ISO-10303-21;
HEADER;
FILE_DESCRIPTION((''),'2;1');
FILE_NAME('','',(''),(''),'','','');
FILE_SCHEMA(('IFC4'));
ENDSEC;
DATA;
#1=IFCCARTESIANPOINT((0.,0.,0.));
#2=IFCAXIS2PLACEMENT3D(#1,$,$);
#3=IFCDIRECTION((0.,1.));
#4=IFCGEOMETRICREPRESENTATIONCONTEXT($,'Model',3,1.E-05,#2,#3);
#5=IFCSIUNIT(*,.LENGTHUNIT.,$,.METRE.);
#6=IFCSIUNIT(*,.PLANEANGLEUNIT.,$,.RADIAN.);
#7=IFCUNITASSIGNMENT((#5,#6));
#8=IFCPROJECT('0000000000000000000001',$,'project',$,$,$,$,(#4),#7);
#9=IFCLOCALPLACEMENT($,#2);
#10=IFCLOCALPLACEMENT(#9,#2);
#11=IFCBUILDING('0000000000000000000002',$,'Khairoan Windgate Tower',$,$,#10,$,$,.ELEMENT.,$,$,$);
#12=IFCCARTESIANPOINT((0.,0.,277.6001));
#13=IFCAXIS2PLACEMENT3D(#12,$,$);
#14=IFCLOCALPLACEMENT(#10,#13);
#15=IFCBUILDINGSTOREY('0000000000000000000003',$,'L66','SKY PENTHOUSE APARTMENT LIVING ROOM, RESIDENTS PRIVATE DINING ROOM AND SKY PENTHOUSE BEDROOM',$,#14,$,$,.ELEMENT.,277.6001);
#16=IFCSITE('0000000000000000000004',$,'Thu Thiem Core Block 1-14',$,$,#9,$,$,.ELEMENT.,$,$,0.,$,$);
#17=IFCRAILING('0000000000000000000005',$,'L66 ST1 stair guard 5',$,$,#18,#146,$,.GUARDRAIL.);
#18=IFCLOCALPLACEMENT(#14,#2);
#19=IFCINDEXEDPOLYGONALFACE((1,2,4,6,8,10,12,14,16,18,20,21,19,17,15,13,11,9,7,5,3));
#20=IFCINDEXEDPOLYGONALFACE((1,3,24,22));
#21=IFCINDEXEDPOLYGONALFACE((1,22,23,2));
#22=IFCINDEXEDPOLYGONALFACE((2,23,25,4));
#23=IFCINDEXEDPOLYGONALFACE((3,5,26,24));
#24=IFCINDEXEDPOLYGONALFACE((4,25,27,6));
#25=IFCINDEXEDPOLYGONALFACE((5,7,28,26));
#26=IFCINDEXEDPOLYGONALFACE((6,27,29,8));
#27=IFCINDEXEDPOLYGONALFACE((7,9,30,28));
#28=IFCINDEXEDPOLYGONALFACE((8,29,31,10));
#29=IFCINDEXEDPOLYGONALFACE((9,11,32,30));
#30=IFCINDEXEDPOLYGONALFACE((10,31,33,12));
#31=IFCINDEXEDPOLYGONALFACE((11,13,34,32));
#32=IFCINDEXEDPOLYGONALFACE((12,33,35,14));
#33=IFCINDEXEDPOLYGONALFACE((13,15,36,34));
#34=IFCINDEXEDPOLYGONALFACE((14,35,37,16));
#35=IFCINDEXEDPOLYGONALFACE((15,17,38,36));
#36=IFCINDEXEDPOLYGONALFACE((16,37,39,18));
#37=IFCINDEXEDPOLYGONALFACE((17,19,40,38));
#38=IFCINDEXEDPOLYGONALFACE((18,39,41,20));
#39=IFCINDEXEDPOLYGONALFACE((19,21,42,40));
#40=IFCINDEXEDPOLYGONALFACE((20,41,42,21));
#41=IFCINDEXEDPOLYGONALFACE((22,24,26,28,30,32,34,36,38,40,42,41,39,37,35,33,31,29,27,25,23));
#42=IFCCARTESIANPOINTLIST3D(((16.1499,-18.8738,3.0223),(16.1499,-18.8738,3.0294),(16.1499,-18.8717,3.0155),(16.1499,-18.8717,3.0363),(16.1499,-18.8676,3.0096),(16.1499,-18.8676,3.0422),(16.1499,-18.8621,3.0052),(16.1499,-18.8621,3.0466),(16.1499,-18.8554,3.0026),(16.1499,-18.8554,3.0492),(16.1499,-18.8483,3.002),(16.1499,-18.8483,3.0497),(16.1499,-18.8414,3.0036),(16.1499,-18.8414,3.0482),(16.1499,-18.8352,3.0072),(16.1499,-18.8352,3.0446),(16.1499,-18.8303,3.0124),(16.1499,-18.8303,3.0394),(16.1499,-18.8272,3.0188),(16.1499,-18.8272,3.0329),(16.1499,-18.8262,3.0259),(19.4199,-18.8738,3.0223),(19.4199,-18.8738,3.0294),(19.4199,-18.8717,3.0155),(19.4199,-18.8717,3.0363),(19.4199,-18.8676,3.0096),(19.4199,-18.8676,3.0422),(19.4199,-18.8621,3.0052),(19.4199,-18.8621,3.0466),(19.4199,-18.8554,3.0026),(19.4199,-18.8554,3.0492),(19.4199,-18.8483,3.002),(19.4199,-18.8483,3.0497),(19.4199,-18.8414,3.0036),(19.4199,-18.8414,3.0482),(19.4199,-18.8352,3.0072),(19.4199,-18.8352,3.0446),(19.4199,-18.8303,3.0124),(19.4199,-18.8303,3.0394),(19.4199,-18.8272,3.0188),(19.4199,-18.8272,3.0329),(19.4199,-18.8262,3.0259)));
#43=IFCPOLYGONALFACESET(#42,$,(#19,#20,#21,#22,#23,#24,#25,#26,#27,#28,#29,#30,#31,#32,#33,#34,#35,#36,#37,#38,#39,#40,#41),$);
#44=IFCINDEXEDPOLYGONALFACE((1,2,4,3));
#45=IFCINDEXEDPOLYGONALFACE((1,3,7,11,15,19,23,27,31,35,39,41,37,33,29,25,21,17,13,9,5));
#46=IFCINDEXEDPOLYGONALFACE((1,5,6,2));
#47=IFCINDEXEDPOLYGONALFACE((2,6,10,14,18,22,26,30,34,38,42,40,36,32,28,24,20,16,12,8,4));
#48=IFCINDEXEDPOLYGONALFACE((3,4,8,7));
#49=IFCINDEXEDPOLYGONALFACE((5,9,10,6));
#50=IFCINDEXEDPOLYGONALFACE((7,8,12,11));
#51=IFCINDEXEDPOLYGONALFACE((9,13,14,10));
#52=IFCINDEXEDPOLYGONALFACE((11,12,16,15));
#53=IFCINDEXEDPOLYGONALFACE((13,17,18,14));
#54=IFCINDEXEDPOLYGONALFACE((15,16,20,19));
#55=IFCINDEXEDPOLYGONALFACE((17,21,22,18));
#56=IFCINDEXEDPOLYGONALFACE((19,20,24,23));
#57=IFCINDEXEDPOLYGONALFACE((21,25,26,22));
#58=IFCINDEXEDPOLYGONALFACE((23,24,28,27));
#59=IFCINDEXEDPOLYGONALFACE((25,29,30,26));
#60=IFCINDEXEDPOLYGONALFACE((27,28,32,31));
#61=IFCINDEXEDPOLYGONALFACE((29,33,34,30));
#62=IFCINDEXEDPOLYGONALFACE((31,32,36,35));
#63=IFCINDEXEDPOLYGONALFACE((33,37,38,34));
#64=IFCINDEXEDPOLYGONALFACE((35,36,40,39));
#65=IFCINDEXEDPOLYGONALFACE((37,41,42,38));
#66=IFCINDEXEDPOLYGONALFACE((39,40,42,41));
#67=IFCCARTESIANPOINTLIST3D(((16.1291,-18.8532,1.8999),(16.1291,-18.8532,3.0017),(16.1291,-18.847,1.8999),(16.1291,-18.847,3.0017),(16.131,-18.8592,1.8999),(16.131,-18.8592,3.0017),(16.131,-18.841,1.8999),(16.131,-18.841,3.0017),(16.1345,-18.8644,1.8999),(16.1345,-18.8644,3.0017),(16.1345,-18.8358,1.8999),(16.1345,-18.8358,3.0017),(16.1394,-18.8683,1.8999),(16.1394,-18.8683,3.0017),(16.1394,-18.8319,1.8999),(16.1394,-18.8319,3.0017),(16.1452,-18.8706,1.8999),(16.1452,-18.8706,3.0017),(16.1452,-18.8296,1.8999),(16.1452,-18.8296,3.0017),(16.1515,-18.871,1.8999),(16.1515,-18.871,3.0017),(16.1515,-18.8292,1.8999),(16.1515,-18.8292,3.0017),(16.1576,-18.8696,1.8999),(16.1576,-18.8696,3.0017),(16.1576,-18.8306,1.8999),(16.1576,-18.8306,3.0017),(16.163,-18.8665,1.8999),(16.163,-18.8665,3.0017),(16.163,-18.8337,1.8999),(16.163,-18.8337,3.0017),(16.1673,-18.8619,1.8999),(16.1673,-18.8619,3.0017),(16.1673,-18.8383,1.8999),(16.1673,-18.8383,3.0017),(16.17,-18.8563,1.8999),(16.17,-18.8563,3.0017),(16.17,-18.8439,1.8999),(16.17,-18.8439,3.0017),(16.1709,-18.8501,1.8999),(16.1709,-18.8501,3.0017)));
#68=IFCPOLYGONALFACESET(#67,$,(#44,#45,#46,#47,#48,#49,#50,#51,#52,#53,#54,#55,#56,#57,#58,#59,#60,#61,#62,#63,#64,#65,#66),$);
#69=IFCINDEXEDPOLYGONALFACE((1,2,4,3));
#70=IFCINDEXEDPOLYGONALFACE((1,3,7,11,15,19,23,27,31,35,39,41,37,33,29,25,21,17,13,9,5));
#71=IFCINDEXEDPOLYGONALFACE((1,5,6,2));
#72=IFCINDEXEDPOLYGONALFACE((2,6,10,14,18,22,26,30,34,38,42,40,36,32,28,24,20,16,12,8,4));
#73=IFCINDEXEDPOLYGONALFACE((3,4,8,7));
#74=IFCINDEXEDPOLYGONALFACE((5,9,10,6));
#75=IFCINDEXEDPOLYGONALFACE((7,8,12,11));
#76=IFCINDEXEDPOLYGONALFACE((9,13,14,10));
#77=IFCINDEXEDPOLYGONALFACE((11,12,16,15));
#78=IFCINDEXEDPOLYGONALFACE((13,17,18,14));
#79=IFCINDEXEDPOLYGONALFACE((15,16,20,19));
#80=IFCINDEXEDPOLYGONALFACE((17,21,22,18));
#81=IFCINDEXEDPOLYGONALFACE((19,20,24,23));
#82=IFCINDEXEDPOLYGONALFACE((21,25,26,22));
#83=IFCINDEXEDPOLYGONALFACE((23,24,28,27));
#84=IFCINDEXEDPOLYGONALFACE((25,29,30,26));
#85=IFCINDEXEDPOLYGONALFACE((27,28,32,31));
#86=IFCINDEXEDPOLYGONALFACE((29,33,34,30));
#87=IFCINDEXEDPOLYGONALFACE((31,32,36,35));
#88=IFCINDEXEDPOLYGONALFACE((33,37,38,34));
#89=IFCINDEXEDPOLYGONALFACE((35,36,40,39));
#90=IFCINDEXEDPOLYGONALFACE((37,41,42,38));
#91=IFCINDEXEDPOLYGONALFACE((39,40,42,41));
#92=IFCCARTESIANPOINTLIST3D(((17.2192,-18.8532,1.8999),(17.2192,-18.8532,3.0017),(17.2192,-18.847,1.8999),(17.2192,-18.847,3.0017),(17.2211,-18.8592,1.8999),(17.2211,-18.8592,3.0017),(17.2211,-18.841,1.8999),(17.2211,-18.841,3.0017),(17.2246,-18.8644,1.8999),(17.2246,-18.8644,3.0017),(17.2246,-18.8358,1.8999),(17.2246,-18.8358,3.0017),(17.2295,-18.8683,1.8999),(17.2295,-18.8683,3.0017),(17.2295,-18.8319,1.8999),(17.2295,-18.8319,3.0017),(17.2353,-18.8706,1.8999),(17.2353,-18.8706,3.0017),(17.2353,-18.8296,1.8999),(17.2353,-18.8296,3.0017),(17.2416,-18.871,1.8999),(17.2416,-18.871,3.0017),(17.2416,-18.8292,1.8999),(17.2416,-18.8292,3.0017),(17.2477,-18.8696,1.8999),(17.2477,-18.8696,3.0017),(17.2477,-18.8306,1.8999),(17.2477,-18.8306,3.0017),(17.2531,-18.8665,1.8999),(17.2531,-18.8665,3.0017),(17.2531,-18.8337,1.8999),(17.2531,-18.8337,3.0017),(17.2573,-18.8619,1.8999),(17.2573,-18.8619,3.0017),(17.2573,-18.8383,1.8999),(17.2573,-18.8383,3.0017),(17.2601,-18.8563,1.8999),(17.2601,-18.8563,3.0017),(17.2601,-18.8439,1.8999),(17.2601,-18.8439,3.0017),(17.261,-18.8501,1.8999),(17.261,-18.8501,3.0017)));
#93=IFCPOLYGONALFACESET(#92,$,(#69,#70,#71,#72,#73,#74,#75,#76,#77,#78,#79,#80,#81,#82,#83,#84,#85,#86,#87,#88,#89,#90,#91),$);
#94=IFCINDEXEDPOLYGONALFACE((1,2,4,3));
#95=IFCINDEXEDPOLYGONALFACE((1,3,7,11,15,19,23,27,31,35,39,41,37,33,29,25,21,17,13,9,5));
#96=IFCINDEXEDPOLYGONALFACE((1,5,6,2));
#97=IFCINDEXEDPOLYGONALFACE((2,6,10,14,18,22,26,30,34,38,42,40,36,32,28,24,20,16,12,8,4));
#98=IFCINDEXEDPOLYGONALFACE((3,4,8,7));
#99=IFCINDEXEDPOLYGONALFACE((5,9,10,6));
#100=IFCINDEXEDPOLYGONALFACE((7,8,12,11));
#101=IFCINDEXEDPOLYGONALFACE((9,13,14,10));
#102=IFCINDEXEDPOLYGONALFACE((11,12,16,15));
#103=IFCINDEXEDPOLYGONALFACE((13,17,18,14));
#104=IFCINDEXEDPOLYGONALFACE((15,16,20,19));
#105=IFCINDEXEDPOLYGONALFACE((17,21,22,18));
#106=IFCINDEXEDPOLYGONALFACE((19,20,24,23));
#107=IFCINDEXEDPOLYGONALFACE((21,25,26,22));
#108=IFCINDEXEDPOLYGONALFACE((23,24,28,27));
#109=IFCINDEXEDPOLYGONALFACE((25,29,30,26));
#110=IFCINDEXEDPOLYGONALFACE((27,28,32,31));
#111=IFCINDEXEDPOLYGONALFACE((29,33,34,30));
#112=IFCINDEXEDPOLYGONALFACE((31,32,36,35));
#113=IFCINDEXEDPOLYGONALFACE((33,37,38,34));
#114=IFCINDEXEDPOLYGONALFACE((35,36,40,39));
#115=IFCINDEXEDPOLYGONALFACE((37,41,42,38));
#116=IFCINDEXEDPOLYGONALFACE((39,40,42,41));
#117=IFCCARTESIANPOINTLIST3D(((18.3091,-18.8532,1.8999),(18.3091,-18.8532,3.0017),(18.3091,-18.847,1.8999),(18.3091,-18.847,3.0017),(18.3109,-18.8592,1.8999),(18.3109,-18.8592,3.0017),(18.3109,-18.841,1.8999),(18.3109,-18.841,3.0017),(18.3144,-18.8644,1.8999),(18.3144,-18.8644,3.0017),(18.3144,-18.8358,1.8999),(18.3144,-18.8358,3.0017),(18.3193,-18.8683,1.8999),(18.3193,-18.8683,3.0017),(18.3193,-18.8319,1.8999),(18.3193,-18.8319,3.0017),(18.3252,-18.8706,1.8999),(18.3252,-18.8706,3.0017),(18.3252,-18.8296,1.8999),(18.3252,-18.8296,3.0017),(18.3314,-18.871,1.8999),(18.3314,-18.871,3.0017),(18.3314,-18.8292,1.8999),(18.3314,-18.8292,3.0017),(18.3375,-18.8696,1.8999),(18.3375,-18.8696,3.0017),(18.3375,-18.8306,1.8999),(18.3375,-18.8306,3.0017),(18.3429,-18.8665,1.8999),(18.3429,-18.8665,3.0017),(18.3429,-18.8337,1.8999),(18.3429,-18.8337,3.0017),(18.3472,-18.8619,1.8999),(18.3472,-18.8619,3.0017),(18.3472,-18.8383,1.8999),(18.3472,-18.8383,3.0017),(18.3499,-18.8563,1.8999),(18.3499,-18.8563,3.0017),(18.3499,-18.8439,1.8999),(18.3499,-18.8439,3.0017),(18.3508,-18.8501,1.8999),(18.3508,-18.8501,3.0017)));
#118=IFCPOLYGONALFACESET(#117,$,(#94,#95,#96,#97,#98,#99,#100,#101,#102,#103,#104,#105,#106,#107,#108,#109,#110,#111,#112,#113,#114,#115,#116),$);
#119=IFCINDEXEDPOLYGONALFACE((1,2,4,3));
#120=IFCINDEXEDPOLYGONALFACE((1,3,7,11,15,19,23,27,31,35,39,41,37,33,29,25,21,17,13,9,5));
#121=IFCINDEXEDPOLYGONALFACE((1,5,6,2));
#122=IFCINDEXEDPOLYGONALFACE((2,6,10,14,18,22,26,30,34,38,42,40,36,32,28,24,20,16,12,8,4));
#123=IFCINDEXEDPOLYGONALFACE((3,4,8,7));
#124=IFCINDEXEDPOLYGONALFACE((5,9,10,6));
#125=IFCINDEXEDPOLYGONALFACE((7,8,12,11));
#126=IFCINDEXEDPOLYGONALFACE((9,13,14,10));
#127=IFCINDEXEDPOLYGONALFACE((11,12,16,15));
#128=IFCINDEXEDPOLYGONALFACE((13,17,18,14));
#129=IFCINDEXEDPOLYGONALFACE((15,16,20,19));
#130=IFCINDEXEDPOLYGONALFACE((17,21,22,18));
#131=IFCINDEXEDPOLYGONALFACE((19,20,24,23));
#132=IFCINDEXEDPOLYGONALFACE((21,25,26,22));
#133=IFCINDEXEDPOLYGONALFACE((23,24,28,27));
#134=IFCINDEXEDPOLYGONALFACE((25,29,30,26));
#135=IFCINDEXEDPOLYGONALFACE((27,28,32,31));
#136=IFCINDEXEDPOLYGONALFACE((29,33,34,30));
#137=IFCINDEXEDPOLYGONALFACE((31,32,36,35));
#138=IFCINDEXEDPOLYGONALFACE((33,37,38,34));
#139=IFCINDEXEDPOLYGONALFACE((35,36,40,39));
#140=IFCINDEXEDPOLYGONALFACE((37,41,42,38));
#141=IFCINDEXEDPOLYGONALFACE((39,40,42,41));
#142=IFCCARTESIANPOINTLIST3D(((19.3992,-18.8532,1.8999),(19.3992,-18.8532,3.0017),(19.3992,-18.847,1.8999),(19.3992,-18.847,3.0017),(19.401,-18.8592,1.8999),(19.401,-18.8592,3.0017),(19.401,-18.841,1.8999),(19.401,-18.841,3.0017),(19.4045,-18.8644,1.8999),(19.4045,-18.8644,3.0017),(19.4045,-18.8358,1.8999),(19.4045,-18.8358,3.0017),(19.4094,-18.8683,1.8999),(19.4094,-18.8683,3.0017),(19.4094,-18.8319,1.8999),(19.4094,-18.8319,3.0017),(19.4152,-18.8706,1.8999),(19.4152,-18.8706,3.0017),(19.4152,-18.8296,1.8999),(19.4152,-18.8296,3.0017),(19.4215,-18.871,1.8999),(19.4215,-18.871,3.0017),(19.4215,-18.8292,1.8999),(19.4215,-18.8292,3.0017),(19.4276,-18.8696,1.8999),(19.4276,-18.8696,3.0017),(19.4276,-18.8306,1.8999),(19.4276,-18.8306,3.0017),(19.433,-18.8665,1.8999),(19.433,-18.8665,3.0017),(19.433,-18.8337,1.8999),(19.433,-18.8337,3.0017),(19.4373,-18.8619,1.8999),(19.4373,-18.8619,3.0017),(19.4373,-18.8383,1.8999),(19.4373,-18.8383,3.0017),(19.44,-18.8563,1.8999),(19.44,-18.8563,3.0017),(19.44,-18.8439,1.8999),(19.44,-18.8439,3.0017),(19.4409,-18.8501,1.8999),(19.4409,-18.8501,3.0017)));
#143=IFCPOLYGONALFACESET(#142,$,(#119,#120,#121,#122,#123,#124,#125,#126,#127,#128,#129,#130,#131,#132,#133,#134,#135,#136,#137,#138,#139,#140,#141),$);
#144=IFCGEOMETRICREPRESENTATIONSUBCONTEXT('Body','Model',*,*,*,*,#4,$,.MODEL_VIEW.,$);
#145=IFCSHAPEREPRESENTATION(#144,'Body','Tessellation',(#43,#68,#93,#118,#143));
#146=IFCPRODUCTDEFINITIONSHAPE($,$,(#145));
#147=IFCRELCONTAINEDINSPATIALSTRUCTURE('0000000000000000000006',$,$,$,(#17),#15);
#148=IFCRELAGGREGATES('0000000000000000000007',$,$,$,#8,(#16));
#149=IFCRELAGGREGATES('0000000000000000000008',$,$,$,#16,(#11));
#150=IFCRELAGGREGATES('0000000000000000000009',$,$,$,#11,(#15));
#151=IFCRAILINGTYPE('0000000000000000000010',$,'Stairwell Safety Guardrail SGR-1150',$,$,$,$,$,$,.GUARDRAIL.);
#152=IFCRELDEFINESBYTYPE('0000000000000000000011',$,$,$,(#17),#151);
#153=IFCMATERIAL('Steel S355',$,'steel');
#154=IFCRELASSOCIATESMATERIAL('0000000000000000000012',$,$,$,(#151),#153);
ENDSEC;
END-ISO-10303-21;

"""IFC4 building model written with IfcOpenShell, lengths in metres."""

from ifc_helpers import new_model, si_unit, direction, frame, origin, origin_2d, place, context, subcontext, project, spatial, circle, extrude, material, type_object, element, save


model = new_model("IFC4")

# Units and contexts
model_context = context("Model", 3, precision=1e-05, world=origin(), true_north=direction((0.0, 1.0)))
body_context = subcontext(model_context, "Body", "Model", "MODEL_VIEW")
ifc_project = project(units=[si_unit("LENGTHUNIT", "METRE"), si_unit("PLANEANGLEUNIT", "RADIAN")], contexts=[model_context])

# Site, building, storey
site_placement = place(None, origin())
site = spatial("IfcSite", under=ifc_project, at=site_placement, Name="Thu Thiem Core Block 1-14", CompositionType="ELEMENT", RefElevation=0.0)
building_placement = place(site_placement, origin())
building = spatial("IfcBuilding", under=site, at=building_placement, Name="Khairoan Windgate Tower", CompositionType="ELEMENT")
storey_placement = place(building_placement, frame((0.0, 0.0, 277.6001)))
storey = spatial("IfcBuildingStorey", under=building, at=storey_placement, Name="L66", Description="SKY PENTHOUSE APARTMENT LIVING ROOM, RESIDENTS PRIVATE DINING ROOM AND SKY PENTHOUSE BEDROOM", CompositionType="ELEMENT", Elevation=277.6001)

# Railing
ifc_material_1 = material(Name="Steel S355", Category="steel")
railing_type = type_object("IfcRailingType", Name="Stairwell Safety Guardrail SGR-1150", PredefinedType="GUARDRAIL", material=ifc_material_1)
railing_1_placement = place(storey_placement, frame((16.1499, -18.8501, 1.8999)))
element("IfcRailing", 1, at=railing_1_placement, inside=storey, type_object=railing_type, Name="L66 ST1 stair guard 5", PredefinedType="GUARDRAIL", context=body_context, shape_type="SweptSolid", body=[
    extrude(circle(Radius=0.0239, at=origin_2d()), frame((0.0, 0.0, 1.126), z_axis=(1.0, 0.0, 0.0), x_axis=(0.0, 1.0, 0.0)), (0.0, 0.0, 1.0), 3.27),
    extrude(circle(Radius=0.021, at=origin_2d()), origin(), (0.0, 0.0, 1.0), 1.1018),
    extrude(circle(Radius=0.021, at=origin_2d()), frame((1.0901, 0.0, 0.0)), (0.0, 0.0, 1.0), 1.1018),
    extrude(circle(Radius=0.021, at=origin_2d()), frame((2.1799, 0.0, 0.0)), (0.0, 0.0, 1.0), 1.1018),
    extrude(circle(Radius=0.021, at=origin_2d()), frame((3.27, 0.0, 0.0)), (0.0, 0.0, 1.0), 1.1018),
])

save(model, "model.ifc")
